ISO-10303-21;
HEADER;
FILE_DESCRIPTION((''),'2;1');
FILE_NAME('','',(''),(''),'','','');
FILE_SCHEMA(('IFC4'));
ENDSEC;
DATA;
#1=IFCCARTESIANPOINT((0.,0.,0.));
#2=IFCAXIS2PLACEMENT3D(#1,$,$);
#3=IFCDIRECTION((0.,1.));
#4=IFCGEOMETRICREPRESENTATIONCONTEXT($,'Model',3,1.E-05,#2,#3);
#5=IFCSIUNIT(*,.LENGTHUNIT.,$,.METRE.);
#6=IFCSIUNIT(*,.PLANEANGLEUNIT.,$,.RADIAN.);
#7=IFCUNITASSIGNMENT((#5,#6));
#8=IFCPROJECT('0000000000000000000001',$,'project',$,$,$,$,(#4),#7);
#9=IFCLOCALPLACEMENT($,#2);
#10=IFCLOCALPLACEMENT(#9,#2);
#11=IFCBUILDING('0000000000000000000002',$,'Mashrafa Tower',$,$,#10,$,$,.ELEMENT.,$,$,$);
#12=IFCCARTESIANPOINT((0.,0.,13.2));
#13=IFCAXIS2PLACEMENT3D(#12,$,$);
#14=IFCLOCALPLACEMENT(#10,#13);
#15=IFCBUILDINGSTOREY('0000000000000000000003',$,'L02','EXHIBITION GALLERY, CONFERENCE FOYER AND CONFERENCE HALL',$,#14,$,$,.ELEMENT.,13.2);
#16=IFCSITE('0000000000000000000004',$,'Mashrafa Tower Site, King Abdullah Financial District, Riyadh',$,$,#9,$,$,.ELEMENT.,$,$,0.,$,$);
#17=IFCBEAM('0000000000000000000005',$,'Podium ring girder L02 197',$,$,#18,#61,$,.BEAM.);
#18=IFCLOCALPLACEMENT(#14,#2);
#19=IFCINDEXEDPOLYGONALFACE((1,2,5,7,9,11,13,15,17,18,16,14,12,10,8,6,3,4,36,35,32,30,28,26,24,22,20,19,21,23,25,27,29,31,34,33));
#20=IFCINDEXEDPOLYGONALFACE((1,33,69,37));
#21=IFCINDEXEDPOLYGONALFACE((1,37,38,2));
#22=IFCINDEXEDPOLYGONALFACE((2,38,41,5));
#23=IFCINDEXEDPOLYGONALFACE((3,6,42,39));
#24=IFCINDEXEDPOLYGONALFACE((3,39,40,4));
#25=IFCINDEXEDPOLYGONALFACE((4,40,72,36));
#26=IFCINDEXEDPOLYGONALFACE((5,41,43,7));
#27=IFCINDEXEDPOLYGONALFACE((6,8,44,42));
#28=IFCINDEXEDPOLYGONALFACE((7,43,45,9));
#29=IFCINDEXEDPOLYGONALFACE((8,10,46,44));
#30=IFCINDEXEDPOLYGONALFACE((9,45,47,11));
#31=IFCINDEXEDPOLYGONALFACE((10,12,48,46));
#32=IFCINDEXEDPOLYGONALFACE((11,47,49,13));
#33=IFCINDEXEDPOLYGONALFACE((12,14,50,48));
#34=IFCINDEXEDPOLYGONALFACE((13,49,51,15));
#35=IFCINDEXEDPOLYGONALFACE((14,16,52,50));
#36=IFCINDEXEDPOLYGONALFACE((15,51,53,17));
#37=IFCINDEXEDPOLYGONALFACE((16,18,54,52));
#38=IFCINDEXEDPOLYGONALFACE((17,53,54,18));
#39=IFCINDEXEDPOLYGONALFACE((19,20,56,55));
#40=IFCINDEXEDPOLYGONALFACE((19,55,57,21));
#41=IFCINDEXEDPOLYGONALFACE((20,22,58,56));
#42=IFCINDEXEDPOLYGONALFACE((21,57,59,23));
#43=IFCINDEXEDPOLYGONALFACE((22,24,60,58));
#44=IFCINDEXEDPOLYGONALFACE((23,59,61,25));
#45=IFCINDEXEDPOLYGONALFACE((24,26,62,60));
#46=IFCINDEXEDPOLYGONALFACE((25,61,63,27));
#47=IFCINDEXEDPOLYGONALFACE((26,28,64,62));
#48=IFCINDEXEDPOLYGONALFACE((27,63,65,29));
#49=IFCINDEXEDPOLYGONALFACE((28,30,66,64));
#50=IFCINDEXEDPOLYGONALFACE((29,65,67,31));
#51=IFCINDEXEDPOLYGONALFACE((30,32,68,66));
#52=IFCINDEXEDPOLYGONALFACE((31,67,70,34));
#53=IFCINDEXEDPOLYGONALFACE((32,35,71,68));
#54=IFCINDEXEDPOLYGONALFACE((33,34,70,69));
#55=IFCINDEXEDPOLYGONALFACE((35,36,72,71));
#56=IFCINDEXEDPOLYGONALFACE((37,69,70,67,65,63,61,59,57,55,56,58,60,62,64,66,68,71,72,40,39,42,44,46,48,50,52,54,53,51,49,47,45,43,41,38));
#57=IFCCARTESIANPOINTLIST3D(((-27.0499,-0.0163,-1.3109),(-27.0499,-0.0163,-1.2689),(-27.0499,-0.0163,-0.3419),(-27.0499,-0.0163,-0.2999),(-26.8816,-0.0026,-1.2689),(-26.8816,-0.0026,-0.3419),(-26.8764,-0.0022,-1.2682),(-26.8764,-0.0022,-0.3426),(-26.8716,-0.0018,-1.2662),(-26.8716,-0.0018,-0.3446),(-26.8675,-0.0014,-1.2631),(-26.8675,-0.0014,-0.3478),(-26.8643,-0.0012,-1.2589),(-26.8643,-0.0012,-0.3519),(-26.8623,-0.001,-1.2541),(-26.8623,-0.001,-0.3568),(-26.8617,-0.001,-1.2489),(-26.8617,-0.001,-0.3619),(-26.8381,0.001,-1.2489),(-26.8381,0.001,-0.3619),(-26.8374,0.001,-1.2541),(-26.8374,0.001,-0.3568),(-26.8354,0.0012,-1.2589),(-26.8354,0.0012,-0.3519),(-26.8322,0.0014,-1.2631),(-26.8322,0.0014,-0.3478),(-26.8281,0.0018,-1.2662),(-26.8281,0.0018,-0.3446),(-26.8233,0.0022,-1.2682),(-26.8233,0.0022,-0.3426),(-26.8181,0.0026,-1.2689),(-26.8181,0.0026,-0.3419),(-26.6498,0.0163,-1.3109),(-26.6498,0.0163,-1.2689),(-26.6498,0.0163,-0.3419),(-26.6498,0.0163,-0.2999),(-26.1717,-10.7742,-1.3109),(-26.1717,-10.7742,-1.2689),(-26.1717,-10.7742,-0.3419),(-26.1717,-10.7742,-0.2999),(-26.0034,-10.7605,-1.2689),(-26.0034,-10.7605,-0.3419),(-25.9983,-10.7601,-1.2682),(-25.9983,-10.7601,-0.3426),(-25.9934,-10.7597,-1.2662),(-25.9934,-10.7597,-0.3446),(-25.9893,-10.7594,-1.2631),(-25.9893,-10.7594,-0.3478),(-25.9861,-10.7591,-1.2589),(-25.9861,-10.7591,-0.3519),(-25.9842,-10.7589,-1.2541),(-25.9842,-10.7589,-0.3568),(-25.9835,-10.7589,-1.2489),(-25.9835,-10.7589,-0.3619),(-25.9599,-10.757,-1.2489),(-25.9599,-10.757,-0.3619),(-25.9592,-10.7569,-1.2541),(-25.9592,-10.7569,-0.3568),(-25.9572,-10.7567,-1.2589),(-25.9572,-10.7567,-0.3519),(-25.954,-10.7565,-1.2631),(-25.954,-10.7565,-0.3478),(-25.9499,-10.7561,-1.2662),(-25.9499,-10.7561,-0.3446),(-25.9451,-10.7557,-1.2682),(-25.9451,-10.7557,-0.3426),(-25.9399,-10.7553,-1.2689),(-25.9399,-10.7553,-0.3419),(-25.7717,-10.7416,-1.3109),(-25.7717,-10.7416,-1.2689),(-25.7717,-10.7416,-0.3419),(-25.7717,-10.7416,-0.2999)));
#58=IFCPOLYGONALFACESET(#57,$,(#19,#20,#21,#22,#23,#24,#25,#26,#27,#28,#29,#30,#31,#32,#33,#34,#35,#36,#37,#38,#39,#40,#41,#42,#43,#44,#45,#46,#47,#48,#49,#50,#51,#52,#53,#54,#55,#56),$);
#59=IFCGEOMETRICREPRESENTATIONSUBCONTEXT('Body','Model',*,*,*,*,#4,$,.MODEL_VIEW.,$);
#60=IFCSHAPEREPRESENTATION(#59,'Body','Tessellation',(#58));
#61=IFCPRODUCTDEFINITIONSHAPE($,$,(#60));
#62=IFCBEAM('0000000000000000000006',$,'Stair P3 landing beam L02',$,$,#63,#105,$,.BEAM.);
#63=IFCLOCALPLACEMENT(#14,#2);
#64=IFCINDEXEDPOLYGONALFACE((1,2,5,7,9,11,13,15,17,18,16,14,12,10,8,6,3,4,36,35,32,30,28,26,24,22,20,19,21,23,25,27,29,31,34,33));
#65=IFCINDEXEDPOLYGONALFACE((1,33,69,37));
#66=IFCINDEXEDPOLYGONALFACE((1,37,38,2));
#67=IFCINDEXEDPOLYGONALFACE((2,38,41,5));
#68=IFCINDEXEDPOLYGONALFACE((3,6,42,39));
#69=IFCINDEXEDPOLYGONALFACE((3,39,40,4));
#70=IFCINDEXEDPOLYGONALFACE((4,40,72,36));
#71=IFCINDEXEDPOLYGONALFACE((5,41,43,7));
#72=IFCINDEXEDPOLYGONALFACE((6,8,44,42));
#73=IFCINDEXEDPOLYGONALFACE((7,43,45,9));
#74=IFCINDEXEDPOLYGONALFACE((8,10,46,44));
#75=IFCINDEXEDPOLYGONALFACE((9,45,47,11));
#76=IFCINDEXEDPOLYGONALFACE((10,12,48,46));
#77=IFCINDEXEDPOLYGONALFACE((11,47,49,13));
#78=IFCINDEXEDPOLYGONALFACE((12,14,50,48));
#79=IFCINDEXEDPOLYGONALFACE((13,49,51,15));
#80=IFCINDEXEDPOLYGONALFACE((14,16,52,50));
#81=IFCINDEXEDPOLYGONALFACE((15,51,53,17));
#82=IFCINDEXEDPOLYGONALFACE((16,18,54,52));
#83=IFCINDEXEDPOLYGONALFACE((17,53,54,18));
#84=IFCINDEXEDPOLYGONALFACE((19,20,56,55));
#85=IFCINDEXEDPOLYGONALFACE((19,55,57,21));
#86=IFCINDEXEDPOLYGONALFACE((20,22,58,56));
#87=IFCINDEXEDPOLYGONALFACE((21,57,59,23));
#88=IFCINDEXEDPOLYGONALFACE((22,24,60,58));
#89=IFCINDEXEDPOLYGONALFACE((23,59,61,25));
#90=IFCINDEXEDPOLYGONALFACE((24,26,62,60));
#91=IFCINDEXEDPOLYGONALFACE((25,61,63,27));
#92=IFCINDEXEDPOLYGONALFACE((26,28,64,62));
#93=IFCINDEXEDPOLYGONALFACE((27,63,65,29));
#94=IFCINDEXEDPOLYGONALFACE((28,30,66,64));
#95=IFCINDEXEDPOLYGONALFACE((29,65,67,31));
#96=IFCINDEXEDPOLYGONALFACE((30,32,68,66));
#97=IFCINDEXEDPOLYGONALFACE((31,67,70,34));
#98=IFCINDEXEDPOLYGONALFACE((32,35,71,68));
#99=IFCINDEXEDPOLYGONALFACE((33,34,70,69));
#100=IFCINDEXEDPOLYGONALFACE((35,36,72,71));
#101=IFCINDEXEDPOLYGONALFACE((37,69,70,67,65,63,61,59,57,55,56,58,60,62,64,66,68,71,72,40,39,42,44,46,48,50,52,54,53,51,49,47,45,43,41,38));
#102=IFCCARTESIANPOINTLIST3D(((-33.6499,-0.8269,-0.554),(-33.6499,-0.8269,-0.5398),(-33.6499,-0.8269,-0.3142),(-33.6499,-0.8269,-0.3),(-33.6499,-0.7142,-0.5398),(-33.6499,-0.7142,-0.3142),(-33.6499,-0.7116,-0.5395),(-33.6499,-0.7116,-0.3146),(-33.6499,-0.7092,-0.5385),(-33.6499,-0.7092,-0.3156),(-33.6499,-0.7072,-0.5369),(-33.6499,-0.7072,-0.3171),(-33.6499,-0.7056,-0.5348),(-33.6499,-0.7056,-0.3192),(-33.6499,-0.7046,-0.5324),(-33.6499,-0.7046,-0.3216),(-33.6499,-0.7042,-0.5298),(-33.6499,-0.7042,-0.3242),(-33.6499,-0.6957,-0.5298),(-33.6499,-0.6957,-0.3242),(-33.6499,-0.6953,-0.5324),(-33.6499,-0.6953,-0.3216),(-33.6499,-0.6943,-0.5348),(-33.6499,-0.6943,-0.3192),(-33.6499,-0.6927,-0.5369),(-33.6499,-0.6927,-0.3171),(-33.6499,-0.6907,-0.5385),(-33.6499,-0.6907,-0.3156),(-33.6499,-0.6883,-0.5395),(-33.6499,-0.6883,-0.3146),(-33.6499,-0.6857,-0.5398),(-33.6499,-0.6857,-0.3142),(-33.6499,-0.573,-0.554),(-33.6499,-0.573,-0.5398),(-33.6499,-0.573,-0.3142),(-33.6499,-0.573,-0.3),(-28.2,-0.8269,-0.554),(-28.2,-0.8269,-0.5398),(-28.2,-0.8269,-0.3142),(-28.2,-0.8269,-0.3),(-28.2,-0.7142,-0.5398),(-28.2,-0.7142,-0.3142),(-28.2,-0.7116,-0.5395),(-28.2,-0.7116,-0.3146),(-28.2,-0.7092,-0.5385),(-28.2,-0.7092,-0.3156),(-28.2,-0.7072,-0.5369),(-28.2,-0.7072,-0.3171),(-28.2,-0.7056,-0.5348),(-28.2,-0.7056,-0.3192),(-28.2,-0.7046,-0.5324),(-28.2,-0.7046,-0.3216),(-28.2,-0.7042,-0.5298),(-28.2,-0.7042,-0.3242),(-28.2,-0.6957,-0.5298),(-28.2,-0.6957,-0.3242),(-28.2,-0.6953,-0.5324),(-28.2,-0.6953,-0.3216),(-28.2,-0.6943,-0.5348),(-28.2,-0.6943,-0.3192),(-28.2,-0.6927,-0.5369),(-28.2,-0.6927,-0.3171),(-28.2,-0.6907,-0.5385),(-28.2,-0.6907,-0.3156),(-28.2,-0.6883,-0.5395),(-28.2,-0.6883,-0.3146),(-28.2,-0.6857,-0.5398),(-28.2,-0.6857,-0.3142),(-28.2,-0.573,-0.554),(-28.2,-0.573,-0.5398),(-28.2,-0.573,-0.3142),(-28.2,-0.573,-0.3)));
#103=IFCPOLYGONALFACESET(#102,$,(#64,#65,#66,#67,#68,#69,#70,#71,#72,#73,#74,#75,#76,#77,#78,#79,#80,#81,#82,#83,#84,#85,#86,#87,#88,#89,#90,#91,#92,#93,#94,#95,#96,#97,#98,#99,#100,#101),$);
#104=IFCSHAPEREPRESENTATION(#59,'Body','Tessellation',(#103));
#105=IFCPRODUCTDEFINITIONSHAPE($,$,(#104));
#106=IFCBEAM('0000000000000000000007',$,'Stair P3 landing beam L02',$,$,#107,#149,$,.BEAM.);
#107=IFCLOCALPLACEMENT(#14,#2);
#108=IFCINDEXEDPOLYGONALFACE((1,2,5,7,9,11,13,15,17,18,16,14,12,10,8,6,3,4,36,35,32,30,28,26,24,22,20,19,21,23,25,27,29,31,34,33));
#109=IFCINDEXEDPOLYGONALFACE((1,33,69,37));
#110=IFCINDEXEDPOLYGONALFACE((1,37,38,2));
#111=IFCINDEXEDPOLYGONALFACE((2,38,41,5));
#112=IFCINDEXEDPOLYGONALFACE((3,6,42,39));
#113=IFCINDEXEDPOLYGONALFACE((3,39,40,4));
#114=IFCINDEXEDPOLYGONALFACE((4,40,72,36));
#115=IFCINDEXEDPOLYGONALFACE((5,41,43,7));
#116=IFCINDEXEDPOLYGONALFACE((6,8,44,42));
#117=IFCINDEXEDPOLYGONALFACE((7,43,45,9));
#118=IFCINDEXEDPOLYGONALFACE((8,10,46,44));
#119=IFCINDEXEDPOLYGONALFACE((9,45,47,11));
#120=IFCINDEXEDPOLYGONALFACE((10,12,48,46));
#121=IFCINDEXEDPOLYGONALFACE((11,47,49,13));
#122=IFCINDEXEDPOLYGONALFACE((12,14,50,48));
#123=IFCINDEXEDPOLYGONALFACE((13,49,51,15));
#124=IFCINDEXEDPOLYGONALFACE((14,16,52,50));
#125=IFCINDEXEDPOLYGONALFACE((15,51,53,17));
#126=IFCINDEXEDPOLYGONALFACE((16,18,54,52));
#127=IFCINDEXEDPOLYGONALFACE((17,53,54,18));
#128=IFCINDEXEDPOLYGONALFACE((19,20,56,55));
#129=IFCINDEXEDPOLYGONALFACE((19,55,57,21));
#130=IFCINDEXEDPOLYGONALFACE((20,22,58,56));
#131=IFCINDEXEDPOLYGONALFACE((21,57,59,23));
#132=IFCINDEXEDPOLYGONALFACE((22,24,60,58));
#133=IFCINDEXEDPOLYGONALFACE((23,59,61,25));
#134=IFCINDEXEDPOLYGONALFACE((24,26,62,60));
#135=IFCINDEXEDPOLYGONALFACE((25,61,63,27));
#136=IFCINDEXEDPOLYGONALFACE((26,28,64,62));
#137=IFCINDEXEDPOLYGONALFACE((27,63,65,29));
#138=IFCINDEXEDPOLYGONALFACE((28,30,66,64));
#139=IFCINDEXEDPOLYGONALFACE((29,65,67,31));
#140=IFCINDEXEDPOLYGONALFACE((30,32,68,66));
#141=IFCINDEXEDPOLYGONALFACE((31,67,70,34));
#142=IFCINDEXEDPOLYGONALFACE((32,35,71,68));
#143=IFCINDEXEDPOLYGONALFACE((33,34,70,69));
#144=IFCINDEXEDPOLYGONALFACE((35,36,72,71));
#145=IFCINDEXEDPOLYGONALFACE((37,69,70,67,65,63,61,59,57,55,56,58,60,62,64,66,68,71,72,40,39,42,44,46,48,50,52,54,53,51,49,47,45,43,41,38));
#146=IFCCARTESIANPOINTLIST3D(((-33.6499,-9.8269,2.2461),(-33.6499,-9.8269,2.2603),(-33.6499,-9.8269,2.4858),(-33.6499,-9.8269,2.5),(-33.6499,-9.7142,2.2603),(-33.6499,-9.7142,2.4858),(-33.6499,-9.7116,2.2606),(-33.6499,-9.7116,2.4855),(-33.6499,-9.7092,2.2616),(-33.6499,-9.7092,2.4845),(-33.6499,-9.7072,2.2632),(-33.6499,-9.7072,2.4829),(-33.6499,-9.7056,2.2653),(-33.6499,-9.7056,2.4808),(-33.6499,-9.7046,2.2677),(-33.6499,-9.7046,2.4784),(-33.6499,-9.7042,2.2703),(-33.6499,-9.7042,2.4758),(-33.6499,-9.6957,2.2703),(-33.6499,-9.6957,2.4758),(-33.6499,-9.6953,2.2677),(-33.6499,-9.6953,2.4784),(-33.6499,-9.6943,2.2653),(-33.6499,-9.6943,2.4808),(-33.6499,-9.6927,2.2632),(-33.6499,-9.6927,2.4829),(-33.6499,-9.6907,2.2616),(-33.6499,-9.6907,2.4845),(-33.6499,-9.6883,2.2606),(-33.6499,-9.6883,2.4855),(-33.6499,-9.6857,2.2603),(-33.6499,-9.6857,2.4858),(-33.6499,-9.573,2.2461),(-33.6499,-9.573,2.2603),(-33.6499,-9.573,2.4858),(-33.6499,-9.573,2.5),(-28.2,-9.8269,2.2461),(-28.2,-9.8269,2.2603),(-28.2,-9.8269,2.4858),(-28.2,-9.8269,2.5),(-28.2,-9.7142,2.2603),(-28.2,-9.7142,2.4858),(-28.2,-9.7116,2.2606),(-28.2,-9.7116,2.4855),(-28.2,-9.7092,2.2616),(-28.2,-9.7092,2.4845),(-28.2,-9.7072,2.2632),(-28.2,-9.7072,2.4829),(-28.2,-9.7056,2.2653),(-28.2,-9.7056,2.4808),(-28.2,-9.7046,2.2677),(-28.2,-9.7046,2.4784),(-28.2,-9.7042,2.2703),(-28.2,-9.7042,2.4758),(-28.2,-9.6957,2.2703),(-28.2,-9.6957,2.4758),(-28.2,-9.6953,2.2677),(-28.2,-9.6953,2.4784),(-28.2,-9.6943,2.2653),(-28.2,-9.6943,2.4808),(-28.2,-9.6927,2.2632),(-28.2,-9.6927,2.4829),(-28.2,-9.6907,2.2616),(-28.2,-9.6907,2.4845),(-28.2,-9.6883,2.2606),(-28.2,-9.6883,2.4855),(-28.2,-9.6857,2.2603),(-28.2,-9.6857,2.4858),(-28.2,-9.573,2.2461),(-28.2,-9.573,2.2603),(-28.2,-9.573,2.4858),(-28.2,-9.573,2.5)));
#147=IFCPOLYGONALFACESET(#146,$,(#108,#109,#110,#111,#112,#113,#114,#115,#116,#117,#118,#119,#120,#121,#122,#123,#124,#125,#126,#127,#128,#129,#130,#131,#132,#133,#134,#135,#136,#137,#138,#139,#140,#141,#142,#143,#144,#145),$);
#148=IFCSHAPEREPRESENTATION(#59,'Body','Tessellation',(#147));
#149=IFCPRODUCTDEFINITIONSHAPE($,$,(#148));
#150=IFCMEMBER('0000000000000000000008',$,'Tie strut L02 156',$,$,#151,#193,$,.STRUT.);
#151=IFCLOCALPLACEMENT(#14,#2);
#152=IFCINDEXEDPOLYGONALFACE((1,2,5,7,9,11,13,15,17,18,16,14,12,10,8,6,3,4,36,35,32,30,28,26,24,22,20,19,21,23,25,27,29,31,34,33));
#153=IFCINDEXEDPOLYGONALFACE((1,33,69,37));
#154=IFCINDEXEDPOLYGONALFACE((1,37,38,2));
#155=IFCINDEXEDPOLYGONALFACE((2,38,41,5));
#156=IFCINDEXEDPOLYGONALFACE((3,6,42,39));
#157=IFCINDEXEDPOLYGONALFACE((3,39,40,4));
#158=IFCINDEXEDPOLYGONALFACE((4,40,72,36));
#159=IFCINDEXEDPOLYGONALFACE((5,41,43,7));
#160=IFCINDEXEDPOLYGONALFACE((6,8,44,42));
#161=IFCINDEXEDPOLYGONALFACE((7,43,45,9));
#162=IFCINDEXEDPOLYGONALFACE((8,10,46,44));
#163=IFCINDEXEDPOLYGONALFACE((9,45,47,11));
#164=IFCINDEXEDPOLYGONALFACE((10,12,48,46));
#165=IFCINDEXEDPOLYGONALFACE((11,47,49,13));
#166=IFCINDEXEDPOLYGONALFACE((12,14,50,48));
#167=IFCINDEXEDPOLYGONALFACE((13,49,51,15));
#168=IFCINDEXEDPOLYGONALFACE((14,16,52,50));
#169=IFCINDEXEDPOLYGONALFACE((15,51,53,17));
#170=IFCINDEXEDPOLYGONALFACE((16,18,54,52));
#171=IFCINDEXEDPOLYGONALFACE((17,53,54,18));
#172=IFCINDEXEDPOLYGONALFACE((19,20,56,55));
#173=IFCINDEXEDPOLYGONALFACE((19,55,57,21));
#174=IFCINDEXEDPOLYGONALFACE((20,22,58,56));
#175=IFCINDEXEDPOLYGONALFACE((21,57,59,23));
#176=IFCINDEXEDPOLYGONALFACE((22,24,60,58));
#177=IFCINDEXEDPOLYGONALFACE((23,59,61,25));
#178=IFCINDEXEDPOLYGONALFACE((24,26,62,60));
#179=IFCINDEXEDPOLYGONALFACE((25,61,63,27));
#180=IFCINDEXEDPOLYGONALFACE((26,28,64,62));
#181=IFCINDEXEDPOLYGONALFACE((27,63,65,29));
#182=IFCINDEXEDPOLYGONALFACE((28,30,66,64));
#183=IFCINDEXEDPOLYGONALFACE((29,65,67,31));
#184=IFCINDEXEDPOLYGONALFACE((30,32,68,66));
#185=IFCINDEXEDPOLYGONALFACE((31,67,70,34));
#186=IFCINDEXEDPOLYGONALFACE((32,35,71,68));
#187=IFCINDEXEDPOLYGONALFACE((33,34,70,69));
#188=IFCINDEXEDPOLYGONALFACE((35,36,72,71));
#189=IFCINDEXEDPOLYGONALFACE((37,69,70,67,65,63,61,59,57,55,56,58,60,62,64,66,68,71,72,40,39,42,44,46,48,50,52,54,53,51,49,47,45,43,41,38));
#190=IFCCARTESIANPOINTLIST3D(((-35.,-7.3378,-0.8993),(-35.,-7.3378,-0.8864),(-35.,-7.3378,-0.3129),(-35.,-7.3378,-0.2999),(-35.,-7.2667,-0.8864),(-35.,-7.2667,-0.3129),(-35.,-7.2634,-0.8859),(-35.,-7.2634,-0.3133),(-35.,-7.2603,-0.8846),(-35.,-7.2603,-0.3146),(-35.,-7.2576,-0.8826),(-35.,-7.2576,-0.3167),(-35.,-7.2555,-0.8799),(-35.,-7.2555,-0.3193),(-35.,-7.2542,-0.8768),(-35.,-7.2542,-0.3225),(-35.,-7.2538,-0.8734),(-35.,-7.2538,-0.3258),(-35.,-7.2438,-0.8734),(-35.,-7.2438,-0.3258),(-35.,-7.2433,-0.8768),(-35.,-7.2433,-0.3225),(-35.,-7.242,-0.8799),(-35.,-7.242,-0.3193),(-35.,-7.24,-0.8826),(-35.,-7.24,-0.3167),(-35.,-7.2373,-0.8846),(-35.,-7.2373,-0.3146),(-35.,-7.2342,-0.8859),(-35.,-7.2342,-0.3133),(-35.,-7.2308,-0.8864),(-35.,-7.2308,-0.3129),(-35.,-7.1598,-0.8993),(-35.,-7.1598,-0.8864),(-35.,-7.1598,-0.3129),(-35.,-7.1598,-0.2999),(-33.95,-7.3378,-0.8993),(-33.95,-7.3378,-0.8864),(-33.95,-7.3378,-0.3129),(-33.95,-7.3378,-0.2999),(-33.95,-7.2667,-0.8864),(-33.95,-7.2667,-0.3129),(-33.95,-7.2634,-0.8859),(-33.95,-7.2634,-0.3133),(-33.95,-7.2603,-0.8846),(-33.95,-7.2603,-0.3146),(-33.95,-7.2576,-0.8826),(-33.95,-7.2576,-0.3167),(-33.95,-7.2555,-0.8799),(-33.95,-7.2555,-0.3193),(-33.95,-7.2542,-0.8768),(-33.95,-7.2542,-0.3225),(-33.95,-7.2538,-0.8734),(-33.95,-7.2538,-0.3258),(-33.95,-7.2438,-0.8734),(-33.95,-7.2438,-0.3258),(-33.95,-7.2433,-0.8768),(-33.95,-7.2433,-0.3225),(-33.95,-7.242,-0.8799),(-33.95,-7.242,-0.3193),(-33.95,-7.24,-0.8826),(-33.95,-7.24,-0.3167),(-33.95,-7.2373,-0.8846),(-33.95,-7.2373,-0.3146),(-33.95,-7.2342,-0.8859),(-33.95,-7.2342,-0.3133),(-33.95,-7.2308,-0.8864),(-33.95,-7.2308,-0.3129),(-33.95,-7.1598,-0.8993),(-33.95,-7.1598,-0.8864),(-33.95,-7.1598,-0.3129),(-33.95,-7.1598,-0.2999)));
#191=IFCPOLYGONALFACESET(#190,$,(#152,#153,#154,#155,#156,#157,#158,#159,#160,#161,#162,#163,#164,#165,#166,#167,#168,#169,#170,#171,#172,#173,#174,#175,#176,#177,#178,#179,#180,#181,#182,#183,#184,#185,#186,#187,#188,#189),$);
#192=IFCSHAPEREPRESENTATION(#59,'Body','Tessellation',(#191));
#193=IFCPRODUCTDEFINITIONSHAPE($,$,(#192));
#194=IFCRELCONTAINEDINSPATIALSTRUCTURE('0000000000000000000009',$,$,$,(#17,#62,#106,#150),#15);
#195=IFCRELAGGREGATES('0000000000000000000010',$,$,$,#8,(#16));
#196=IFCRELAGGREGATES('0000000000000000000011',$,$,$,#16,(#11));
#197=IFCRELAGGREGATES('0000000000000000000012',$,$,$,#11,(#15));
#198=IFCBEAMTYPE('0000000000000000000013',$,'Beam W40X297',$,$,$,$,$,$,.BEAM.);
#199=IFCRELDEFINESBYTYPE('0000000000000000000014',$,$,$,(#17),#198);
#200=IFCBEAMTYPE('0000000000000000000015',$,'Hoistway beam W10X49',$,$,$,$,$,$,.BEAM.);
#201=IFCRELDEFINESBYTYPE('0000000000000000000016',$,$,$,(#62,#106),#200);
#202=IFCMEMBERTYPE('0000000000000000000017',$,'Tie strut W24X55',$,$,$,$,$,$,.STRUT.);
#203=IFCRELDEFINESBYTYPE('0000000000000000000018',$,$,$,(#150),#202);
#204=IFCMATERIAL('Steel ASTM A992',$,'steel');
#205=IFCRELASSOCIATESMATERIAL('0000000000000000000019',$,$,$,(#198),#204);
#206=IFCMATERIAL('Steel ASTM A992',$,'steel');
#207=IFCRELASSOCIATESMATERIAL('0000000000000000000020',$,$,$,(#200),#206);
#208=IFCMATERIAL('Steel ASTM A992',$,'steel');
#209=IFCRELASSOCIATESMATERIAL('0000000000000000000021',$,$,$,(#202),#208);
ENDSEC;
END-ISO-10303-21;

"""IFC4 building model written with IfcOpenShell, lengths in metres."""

from ifc_helpers import new_model, si_unit, direction, frame, origin, origin_2d, place, context, subcontext, project, spatial, i_section, extrude, source, transform, mapped, material, material_profile, profile_set, type_object, type_shapes, element, save


model = new_model("IFC4")

# Units and contexts
model_context = context("Model", 3, precision=1e-05, world=origin(), true_north=direction((0.0, 1.0)))
body_context = subcontext(model_context, "Body", "Model", "MODEL_VIEW")
ifc_project = project(units=[si_unit("LENGTHUNIT", "METRE"), si_unit("PLANEANGLEUNIT", "RADIAN")], contexts=[model_context])

# Site, building, storey
site_placement = place(None, origin())
site = spatial("IfcSite", under=ifc_project, at=site_placement, Name="Mashrafa Tower Site, King Abdullah Financial District, Riyadh", CompositionType="ELEMENT", RefElevation=0.0)
building_placement = place(site_placement, origin())
building = spatial("IfcBuilding", under=site, at=building_placement, Name="Mashrafa Tower", CompositionType="ELEMENT")
storey_placement = place(building_placement, frame((0.0, 0.0, 13.2)))
storey = spatial("IfcBuildingStorey", under=building, at=storey_placement, Name="L02", Description="EXHIBITION GALLERY, CONFERENCE FOYER AND CONFERENCE HALL", CompositionType="ELEMENT", Elevation=13.2)

# Beams
ifc_material_1 = material(Name="Steel ASTM A992", Category="steel")
ifc_material_profile_1 = material_profile(ifc_material_1, i_section(OverallWidth=0.4014, OverallDepth=1.011, WebThickness=0.0237, FlangeThickness=0.042, FilletRadius=0.02, at=origin_2d()), Name="W40X297")
ifc_profile_set_1 = profile_set([ifc_material_profile_1], Name="Steel ASTM A992")
beam_type_1 = type_object("IfcBeamType", Name="Beam W40X297", PredefinedType="BEAM", material=ifc_profile_set_1)
beam_1_placement = place(storey_placement, frame((-26.8499, 0.0, -0.8054), z_axis=(0.081361, -0.996685, 0.0), x_axis=(0.996685, 0.081361, 0.0)))
element("IfcBeam", 1, at=beam_1_placement, inside=storey, type_object=beam_type_1, Name="Podium ring girder L02 197", PredefinedType="BEAM", context=body_context, shape_type="SweptSolid", body=[
    extrude(i_section(OverallWidth=0.4014, OverallDepth=1.011, WebThickness=0.0237, FlangeThickness=0.042, FilletRadius=0.02, at=origin_2d()), origin(), (0.0, 0.0, 1.0), 10.7937),
])
ifc_material_2 = material(Name="Steel ASTM A992", Category="steel")
ifc_material_profile_2 = material_profile(ifc_material_2, i_section(OverallWidth=0.2539, OverallDepth=0.2539, WebThickness=0.0085, FlangeThickness=0.0142, FilletRadius=0.01, at=origin_2d()), Name="W10X49")
ifc_profile_set_2 = profile_set([ifc_material_profile_2], Name="Steel ASTM A992")
beam_type_2 = type_object("IfcBeamType", Name="Hoistway beam W10X49", PredefinedType="BEAM", material=ifc_profile_set_2)
for number, where, z_axis, x_axis, name in (
    (2, (-33.6499, -0.7, -0.427), (1.0, 0.0, 0.0), (0.0, 1.0, 0.0), "Stair P3 landing beam L02"),
    (3, (-33.6499, -9.7, 2.373), (1.0, 0.0, 0.0), (0.0, 1.0, 0.0), "Stair P3 landing beam L02"),
):
    element("IfcBeam", number, at=place(storey_placement, frame(where, z_axis=z_axis, x_axis=x_axis)), inside=storey, type_object=beam_type_2, Name=name, PredefinedType="BEAM", context=body_context, shape_type="SweptSolid", body=[
        extrude(i_section(OverallWidth=0.2539, OverallDepth=0.2539, WebThickness=0.0085, FlangeThickness=0.0142, FilletRadius=0.01, at=origin_2d()), origin(), (0.0, 0.0, 1.0), 5.45),
    ])

# Member
ifc_material_3 = material(Name="Steel ASTM A992", Category="steel")
ifc_material_profile_3 = material_profile(ifc_material_3, i_section(OverallWidth=0.178, OverallDepth=0.5994, WebThickness=0.01, FlangeThickness=0.0129, FilletRadius=0.0129, at=origin_2d()), Name="W24X55")
ifc_profile_set_3 = profile_set([ifc_material_profile_3], Name="Steel ASTM A992")
member_type_1 = type_object("IfcMemberType", Name="Tie strut W24X55", PredefinedType="STRUT", material=ifc_profile_set_3)
shared_shape_1 = source(origin(), body_context, "Body", "SweptSolid", [
    extrude(i_section(OverallWidth=0.178, OverallDepth=0.5994, WebThickness=0.01, FlangeThickness=0.0129, FilletRadius=0.0129, at=origin_2d()), origin(), (0.0, 0.0, 1.0), 1.05),
])
type_shapes(member_type_1, [shared_shape_1])
member_1_placement = place(storey_placement, frame((-33.95, -7.2488, -0.5996), z_axis=(-1.0, 0.0, 0.0), x_axis=(0.0, -1.0, 0.0)))
element("IfcMember", 4, at=member_1_placement, inside=storey, type_object=member_type_1, Name="Tie strut L02 156", PredefinedType="STRUT", context=body_context, shape_type="MappedRepresentation", body=[
    mapped(shared_shape_1, transform((0.0, 0.0, 0.0))),
])

save(model, "model.ifc")
